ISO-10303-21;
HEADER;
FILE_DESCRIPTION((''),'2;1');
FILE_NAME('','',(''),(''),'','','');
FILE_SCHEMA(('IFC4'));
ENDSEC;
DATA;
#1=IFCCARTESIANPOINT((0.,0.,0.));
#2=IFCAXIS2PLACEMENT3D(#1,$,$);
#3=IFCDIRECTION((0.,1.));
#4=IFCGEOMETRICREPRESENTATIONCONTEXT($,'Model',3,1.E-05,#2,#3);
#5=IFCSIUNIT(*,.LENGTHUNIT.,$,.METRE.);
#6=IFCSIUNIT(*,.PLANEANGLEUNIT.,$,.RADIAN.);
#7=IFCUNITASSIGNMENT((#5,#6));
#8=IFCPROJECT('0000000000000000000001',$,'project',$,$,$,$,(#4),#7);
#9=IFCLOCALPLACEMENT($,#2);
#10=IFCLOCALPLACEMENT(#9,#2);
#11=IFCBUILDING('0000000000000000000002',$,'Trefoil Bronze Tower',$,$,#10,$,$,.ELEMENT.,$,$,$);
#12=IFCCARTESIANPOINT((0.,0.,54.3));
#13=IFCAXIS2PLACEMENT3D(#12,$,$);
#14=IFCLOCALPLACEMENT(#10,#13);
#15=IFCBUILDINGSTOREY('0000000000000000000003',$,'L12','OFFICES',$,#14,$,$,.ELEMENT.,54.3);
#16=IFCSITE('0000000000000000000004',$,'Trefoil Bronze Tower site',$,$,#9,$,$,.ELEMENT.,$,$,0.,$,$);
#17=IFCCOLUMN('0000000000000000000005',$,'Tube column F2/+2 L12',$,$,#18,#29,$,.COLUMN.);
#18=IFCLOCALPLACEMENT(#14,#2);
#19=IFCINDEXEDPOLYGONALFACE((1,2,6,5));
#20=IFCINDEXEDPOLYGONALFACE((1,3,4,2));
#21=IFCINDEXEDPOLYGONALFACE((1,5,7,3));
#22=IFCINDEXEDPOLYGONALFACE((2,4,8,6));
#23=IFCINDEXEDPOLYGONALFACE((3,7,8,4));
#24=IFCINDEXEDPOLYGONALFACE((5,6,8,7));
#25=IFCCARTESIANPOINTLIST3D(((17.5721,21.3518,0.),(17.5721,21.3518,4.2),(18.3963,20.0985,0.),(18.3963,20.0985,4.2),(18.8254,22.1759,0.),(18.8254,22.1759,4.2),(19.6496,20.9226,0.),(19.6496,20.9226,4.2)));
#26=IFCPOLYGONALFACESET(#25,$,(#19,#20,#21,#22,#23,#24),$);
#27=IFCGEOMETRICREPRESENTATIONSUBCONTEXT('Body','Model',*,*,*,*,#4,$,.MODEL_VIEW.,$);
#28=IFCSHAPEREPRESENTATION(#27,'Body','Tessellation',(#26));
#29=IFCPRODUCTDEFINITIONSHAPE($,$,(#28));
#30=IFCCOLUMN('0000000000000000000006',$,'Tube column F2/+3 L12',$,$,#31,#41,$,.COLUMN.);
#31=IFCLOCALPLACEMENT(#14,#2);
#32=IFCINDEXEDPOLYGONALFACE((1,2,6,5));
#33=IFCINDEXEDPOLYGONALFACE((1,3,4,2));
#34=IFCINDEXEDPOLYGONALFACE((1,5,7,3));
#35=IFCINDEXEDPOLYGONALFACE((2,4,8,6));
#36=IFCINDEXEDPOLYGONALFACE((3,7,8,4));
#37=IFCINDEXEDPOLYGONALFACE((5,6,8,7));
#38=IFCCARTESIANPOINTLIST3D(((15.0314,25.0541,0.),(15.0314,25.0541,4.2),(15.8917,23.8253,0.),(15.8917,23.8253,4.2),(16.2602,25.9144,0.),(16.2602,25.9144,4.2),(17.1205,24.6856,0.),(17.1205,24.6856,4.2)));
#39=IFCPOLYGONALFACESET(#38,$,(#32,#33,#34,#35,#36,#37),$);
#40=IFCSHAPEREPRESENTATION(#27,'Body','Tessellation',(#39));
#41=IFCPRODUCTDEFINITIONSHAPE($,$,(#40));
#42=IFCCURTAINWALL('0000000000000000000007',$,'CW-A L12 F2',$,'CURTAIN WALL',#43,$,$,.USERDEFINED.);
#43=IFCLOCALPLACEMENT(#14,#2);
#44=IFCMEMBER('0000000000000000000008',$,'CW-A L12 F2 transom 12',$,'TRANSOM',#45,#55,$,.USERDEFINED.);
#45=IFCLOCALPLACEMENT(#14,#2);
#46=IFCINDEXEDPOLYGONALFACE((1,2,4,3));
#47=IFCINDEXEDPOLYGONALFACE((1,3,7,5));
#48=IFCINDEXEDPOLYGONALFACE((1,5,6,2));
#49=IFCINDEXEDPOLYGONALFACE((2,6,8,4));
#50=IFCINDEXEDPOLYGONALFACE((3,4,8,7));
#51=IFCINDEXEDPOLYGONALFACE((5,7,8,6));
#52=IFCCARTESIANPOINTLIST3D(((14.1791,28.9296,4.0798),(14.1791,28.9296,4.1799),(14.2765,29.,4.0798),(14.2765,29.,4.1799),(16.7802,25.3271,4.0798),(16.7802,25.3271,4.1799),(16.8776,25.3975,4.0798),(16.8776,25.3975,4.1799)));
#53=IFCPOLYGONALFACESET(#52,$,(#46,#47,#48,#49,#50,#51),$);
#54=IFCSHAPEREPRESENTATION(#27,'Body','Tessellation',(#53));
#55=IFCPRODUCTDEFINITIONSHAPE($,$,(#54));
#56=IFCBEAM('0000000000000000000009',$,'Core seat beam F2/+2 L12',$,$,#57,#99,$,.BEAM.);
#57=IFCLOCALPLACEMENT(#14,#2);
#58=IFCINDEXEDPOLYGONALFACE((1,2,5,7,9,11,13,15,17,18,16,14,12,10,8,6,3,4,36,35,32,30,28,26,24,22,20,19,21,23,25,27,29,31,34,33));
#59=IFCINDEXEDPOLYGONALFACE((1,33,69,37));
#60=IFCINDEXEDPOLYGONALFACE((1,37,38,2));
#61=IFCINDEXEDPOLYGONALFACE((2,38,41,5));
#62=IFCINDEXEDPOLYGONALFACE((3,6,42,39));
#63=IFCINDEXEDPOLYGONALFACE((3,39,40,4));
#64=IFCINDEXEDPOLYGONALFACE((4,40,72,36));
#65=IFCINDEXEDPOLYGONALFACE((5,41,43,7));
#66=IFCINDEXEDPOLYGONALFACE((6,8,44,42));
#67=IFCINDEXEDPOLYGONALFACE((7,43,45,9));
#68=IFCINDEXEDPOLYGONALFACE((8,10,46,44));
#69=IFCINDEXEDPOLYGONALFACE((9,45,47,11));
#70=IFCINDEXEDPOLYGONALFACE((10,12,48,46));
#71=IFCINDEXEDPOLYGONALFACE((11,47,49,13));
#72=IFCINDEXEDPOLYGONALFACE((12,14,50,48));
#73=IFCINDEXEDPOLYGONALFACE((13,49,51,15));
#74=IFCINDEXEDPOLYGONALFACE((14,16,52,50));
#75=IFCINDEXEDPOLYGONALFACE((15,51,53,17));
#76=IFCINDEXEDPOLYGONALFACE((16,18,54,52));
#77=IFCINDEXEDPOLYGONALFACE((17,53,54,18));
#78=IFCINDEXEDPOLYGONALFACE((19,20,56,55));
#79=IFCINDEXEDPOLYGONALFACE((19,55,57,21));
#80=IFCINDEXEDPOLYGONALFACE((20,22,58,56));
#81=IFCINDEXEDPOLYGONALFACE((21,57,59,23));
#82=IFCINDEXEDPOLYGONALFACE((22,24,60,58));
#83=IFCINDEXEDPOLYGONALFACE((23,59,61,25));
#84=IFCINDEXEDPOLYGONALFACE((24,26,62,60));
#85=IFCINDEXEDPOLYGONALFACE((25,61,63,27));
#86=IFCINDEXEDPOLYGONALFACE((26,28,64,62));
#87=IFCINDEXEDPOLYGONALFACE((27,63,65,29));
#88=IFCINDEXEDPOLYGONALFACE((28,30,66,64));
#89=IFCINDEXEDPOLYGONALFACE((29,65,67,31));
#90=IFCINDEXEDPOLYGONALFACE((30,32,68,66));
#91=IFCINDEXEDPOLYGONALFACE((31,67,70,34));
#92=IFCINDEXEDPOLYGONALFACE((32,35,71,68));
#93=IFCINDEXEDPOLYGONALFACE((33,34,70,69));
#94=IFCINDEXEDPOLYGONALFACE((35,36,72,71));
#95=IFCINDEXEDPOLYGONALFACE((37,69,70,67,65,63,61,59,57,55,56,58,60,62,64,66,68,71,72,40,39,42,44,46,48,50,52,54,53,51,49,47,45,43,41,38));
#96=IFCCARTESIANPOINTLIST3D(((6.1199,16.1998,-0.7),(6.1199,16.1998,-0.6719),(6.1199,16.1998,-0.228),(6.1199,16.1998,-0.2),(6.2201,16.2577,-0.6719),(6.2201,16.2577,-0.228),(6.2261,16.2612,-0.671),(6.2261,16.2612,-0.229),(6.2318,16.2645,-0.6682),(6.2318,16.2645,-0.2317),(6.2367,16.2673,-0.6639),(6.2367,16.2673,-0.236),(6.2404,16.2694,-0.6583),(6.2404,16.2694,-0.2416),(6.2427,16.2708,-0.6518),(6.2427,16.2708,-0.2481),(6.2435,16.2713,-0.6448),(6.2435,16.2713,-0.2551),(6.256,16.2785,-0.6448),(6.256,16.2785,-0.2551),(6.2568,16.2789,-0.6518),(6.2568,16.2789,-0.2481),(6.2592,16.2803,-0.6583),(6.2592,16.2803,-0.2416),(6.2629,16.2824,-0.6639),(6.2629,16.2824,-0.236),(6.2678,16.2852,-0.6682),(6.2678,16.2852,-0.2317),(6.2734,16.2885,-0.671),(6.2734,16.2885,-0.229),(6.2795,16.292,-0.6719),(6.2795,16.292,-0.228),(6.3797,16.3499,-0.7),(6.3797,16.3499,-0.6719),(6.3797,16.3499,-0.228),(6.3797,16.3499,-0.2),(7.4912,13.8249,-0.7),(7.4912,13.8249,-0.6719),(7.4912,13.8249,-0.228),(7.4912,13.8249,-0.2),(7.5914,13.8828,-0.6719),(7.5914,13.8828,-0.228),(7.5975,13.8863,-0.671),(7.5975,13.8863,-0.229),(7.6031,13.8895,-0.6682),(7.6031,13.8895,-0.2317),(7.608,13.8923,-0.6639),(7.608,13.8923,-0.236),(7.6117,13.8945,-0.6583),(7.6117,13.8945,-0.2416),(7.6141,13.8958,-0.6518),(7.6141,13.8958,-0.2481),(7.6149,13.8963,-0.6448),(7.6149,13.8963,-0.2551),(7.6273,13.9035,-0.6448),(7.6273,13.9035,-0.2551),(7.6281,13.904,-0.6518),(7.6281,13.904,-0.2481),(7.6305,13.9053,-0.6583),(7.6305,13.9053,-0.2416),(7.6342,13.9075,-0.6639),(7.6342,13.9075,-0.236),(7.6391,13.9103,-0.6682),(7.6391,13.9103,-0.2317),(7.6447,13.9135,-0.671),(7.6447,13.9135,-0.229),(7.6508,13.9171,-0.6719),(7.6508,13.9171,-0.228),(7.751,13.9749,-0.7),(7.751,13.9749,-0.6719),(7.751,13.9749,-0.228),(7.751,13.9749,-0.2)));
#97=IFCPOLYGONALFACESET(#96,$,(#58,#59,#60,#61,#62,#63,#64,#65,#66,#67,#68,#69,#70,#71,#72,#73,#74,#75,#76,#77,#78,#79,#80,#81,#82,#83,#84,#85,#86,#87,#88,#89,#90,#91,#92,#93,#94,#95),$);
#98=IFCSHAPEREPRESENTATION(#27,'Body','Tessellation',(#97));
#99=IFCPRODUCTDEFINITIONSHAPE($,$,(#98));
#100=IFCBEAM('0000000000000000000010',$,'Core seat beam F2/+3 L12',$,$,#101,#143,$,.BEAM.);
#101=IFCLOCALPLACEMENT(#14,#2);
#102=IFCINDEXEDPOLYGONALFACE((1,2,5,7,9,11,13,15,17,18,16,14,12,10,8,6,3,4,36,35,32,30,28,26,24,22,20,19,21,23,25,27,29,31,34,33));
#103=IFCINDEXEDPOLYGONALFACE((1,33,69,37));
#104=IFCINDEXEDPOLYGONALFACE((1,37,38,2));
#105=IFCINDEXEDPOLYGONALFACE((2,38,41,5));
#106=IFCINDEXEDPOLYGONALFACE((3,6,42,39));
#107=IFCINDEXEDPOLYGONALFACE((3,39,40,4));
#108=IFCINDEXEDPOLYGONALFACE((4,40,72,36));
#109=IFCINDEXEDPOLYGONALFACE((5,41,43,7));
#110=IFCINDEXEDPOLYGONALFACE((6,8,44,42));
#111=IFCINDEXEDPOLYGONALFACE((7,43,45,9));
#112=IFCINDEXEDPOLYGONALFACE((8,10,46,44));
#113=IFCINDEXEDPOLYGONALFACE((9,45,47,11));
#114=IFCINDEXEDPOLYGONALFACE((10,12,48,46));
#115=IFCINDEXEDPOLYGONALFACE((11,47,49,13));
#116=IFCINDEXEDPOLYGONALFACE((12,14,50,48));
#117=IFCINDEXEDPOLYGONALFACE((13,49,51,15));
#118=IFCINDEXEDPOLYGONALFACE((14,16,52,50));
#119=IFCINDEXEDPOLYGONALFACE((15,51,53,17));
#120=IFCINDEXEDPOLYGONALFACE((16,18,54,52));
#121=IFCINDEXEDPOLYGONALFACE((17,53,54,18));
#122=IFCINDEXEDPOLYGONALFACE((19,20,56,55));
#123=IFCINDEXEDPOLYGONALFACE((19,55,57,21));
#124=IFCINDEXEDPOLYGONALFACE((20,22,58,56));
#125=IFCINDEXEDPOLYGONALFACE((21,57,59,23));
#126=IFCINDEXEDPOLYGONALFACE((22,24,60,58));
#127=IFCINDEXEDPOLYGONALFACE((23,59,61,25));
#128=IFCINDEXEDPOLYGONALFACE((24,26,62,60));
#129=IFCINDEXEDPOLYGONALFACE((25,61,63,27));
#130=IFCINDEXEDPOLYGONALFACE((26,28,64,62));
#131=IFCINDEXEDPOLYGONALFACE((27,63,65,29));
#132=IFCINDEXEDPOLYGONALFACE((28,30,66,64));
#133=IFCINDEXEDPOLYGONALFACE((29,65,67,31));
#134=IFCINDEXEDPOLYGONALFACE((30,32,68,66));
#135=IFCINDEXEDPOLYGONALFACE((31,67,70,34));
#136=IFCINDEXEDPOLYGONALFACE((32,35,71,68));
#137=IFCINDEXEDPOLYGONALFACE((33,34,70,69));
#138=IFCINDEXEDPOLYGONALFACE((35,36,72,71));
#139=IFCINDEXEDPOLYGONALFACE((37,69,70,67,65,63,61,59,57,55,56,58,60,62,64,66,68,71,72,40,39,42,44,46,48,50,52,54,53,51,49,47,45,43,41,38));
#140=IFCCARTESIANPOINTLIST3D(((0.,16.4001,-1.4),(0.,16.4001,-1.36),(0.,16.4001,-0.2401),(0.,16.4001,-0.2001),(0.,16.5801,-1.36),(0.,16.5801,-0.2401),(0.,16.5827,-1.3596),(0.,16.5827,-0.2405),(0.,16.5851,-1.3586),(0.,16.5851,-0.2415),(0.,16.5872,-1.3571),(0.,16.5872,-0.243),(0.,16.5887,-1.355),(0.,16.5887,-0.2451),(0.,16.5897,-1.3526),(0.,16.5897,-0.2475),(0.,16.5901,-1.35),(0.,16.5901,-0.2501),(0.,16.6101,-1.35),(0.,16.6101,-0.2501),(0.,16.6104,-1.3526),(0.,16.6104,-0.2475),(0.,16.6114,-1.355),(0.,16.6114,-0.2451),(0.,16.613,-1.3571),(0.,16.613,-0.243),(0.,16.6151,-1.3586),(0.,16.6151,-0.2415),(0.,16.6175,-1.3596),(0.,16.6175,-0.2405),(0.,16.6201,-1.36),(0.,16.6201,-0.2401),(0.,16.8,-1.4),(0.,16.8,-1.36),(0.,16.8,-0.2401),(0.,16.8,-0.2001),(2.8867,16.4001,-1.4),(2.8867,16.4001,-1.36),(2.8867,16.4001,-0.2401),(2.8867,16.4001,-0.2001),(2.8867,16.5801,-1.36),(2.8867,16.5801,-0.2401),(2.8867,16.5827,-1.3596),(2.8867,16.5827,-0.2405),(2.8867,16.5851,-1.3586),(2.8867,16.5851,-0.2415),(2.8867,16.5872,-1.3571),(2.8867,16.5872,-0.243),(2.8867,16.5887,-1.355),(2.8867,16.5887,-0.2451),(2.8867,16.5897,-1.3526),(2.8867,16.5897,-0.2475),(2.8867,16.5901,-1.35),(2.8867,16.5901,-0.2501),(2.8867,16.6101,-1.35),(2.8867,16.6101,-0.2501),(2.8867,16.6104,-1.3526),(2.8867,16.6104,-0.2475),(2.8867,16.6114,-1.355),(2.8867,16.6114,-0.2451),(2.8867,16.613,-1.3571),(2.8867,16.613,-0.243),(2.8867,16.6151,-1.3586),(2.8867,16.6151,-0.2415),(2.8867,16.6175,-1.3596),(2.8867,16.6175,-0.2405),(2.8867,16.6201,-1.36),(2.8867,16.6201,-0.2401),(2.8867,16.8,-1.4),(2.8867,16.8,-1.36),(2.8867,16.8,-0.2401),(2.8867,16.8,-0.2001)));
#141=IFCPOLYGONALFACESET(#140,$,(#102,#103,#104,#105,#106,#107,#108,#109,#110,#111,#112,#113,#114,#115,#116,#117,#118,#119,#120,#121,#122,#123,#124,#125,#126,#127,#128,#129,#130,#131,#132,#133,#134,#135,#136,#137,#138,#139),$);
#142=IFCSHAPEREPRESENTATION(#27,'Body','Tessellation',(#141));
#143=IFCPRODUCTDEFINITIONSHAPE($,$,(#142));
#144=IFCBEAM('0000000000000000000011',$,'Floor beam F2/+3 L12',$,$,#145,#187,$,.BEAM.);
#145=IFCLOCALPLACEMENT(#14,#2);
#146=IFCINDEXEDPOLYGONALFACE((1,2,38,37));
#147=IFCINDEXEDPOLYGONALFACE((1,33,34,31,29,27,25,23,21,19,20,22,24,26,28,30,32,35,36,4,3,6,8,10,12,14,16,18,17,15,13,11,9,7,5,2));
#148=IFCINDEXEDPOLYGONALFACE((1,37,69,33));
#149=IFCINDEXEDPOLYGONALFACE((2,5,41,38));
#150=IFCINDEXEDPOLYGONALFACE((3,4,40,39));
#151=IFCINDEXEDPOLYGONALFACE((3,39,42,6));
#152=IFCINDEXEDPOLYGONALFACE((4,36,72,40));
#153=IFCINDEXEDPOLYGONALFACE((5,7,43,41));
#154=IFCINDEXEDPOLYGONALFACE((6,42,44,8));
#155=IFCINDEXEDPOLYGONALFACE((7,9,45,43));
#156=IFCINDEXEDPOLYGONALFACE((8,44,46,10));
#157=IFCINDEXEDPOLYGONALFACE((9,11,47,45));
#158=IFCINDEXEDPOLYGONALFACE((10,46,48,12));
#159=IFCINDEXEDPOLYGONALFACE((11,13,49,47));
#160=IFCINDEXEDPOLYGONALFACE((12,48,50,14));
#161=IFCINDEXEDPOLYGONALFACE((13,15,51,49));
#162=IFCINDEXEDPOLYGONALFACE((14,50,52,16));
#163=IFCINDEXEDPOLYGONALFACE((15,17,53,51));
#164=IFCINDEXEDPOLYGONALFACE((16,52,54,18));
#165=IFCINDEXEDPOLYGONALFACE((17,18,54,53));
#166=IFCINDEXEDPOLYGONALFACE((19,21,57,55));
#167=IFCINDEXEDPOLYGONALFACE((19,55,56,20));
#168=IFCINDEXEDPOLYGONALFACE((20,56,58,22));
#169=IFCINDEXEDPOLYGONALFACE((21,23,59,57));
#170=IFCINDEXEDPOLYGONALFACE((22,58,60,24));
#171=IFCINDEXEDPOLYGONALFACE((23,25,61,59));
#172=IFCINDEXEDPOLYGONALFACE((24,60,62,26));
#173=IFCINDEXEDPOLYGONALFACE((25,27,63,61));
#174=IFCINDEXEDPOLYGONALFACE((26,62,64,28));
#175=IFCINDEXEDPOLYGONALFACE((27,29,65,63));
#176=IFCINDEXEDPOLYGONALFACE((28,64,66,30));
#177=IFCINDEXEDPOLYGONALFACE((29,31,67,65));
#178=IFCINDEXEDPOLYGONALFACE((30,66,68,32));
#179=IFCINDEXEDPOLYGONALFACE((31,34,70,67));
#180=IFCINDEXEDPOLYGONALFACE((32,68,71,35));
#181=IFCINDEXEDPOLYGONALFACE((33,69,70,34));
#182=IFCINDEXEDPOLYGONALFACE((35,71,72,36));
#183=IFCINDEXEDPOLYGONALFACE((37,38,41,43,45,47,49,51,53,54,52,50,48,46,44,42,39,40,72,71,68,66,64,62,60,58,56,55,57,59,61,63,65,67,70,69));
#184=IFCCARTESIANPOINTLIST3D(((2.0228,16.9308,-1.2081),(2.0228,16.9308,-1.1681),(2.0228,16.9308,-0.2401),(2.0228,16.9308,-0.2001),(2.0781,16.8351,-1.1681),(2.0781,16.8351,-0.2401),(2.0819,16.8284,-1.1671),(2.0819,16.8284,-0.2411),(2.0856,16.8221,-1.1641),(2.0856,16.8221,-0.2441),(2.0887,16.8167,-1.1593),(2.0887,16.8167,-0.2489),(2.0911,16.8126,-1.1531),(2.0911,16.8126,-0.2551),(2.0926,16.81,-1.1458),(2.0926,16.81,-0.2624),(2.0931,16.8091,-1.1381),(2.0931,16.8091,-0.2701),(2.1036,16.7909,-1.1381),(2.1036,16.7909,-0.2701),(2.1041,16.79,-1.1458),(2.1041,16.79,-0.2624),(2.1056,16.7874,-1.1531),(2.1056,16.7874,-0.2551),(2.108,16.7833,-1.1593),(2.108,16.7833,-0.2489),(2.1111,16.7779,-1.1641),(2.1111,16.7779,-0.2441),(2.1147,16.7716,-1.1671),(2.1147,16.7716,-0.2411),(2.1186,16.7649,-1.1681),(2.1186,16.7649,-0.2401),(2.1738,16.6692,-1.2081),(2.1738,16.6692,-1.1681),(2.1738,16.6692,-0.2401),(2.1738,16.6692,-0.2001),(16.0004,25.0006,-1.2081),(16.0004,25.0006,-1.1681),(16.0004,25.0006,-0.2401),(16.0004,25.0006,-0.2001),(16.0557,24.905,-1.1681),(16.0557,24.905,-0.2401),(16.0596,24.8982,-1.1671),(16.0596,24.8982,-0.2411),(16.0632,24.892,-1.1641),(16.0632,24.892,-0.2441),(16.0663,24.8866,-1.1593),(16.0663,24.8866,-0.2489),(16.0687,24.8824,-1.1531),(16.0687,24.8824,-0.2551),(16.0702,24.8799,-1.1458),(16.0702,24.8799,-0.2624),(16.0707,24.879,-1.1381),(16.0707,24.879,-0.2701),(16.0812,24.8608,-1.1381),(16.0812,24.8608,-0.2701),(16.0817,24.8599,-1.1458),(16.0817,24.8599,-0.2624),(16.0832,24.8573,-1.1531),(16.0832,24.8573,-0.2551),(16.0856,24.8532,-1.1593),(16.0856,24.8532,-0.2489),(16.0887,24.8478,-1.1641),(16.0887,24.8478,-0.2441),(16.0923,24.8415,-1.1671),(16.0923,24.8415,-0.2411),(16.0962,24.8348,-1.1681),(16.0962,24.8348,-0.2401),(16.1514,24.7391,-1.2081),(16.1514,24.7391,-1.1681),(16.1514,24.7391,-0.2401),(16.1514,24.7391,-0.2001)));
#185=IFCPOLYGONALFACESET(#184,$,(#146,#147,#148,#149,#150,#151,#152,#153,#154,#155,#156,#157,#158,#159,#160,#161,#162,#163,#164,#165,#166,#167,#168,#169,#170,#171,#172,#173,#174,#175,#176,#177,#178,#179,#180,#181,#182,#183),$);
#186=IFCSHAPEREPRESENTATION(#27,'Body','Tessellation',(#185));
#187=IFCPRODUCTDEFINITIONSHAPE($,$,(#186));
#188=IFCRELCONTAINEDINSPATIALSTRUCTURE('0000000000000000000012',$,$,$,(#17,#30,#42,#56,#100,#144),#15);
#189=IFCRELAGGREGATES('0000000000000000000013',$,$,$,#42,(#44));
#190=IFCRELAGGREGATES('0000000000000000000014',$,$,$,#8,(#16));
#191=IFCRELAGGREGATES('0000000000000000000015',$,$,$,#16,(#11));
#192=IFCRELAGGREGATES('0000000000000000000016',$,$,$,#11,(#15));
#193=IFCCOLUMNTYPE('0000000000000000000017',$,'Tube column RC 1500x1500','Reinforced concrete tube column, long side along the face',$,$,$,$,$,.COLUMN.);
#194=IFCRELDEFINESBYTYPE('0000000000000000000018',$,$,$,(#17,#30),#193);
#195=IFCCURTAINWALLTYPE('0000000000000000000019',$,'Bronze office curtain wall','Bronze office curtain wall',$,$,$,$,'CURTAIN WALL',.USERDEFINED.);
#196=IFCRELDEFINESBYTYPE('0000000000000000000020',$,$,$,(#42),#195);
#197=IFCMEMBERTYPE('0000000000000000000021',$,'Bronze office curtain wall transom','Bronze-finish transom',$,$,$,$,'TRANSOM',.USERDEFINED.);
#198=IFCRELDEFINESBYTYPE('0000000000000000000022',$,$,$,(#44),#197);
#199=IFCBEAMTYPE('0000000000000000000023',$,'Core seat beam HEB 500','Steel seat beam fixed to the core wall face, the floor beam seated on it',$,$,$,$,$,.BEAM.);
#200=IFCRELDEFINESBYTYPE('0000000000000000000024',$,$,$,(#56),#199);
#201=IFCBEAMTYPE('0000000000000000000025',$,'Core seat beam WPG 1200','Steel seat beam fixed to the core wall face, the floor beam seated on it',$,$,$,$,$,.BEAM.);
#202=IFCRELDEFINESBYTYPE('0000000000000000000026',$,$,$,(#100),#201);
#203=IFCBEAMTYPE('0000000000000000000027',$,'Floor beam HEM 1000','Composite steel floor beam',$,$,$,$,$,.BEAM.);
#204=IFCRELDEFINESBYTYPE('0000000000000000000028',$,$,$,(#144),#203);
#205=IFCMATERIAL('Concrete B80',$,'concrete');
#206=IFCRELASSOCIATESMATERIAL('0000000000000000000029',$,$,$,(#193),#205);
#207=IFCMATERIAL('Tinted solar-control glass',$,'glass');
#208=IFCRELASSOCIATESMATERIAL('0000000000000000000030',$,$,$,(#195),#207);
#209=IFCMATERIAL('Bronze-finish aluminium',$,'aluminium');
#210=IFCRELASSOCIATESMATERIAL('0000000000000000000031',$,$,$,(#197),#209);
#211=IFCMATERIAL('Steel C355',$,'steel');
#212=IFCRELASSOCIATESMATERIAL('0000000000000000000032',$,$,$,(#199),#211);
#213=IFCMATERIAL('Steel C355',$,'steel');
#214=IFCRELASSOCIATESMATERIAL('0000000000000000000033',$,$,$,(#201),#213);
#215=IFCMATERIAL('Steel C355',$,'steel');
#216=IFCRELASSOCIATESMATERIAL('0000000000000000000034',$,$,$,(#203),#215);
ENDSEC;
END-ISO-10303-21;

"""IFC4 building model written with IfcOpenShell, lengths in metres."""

from ifc_helpers import new_model, si_unit, direction, frame, origin, origin_2d, place, context, subcontext, project, spatial, rectangle, i_section, extrude, material, material_profile, profile_set, type_object, element, aggregate, save


model = new_model("IFC4")

# Units and contexts
model_context = context("Model", 3, precision=1e-05, world=origin(), true_north=direction((0.0, 1.0)))
body_context = subcontext(model_context, "Body", "Model", "MODEL_VIEW")
ifc_project = project(units=[si_unit("LENGTHUNIT", "METRE"), si_unit("PLANEANGLEUNIT", "RADIAN")], contexts=[model_context])

# Site, building, storey
site_placement = place(None, origin())
site = spatial("IfcSite", under=ifc_project, at=site_placement, Name="Trefoil Bronze Tower site", CompositionType="ELEMENT", RefElevation=0.0)
building_placement = place(site_placement, origin())
building = spatial("IfcBuilding", under=site, at=building_placement, Name="Trefoil Bronze Tower", CompositionType="ELEMENT")
storey_placement = place(building_placement, frame((0.0, 0.0, 54.3)))
storey = spatial("IfcBuildingStorey", under=building, at=storey_placement, Name="L12", Description="OFFICES", CompositionType="ELEMENT", Elevation=54.3)

# Columns
ifc_material_1 = material(Name="Concrete B80", Category="concrete")
ifc_material_profile_1 = material_profile(ifc_material_1, rectangle(XDim=1.5, YDim=1.5, at=origin_2d()), Name="RC 1500x1500")
ifc_profile_set_1 = profile_set([ifc_material_profile_1], Name="Concrete B80")
column_type = type_object("IfcColumnType", Name="Tube column RC 1500x1500", Description="Reinforced concrete tube column, long side along the face", PredefinedType="COLUMN", material=ifc_profile_set_1)
for number, where, z_axis, x_axis, name in (
    (1, (18.6108, 21.1372, 0.0), (0.0, 0.0, 1.0), (-0.549424, 0.835544, 0.0), "Tube column F2/+2 L12"),
    (2, (16.0759, 24.8699, 0.0), (0.0, 0.0, 1.0), (-0.573502, 0.819204, 0.0), "Tube column F2/+3 L12"),
):
    element("IfcColumn", number, at=place(storey_placement, frame(where, z_axis=z_axis, x_axis=x_axis)), inside=storey, type_object=column_type, Name=name, PredefinedType="COLUMN", context=body_context, shape_type="SweptSolid", body=[
        extrude(rectangle(XDim=1.5, YDim=1.5, at=origin_2d()), origin(), (0.0, 0.0, 1.0), 4.2),
    ])

# Curtain wall, member
ifc_material_2 = material(Name="Tinted solar-control glass", Category="glass")
curtain_wall_type = type_object("IfcCurtainWallType", Name="Bronze office curtain wall", Description="Bronze office curtain wall", ElementType="CURTAIN WALL", PredefinedType="USERDEFINED", material=ifc_material_2)
curtain_wall_placement = place(storey_placement, origin())
curtain_wall = element("IfcCurtainWall", 3, at=curtain_wall_placement, inside=storey, type_object=curtain_wall_type, Name="CW-A L12 F2", ObjectType="CURTAIN WALL", PredefinedType="USERDEFINED")
ifc_material_3 = material(Name="Bronze-finish aluminium", Category="aluminium")
ifc_material_profile_2 = material_profile(ifc_material_3, rectangle(XDim=0.1201, YDim=0.1001, at=origin_2d()), Name="CW-A transom")
ifc_profile_set_2 = profile_set([ifc_material_profile_2], Name="Bronze-finish aluminium")
member_type = type_object("IfcMemberType", Name="Bronze office curtain wall transom", Description="Bronze-finish transom", ElementType="TRANSOM", PredefinedType="USERDEFINED", material=ifc_profile_set_2)
member_placement = place(storey_placement, frame((16.8289, 25.3623, 4.1299), z_axis=(-0.585378, 0.81076, 0.0), x_axis=(-0.81076, -0.585378, 0.0)))
member = element("IfcMember", 4, at=member_placement, type_object=member_type, Name="CW-A L12 F2 transom 12", ObjectType="TRANSOM", PredefinedType="USERDEFINED", context=body_context, shape_type="SweptSolid", body=[
    extrude(rectangle(XDim=0.1201, YDim=0.1001, at=origin_2d()), origin(), (0.0, 0.0, 1.0), 4.4434),
])

# Beams
ifc_material_4 = material(Name="Steel C355", Category="steel")
ifc_material_profile_3 = material_profile(ifc_material_4, i_section(OverallWidth=0.3, OverallDepth=0.5, WebThickness=0.0144, FlangeThickness=0.0281, FilletRadius=0.0271, at=origin_2d()), Name="HEB 500")
ifc_profile_set_3 = profile_set([ifc_material_profile_3], Name="Steel C355")
beam_type_1 = type_object("IfcBeamType", Name="Core seat beam HEB 500", Description="Steel seat beam fixed to the core wall face, the floor beam seated on it", PredefinedType="BEAM", material=ifc_profile_set_3)
beam_1_placement = place(storey_placement, frame((7.6211, 13.8999, -0.45), z_axis=(-0.500036, 0.866005, 0.0), x_axis=(-0.866005, -0.500036, 0.0)))
element("IfcBeam", 5, at=beam_1_placement, inside=storey, type_object=beam_type_1, Name="Core seat beam F2/+2 L12", PredefinedType="BEAM", context=body_context, shape_type="SweptSolid", body=[
    extrude(i_section(OverallWidth=0.3, OverallDepth=0.5, WebThickness=0.0144, FlangeThickness=0.0281, FilletRadius=0.0271, at=origin_2d()), origin(), (0.0, 0.0, 1.0), 2.7424),
])
ifc_material_5 = material(Name="Steel C355", Category="steel")
ifc_material_profile_4 = material_profile(ifc_material_5, i_section(OverallWidth=0.3999, OverallDepth=1.2, WebThickness=0.02, FlangeThickness=0.04, FilletRadius=0.01, at=origin_2d()), Name="WPG 1200")
ifc_profile_set_4 = profile_set([ifc_material_profile_4], Name="Steel C355")
beam_type_2 = type_object("IfcBeamType", Name="Core seat beam WPG 1200", Description="Steel seat beam fixed to the core wall face, the floor beam seated on it", PredefinedType="BEAM", material=ifc_profile_set_4)
beam_2_placement = place(storey_placement, frame((2.8867, 16.6001, -0.8), z_axis=(-1.0, 0.0, 0.0), x_axis=(0.0, -1.0, 0.0)))
element("IfcBeam", 6, at=beam_2_placement, inside=storey, type_object=beam_type_2, Name="Core seat beam F2/+3 L12", PredefinedType="BEAM", context=body_context, shape_type="SweptSolid", body=[
    extrude(i_section(OverallWidth=0.3999, OverallDepth=1.2, WebThickness=0.02, FlangeThickness=0.04, FilletRadius=0.01, at=origin_2d()), origin(), (0.0, 0.0, 1.0), 2.8867),
])
ifc_material_6 = material(Name="Steel C355", Category="steel")
ifc_material_profile_5 = material_profile(ifc_material_6, i_section(OverallWidth=0.302, OverallDepth=1.0081, WebThickness=0.021, FlangeThickness=0.04, FilletRadius=0.03, at=origin_2d()), Name="HEM 1000")
ifc_profile_set_5 = profile_set([ifc_material_profile_5], Name="Steel C355")
beam_type_3 = type_object("IfcBeamType", Name="Floor beam HEM 1000", Description="Composite steel floor beam", PredefinedType="BEAM", material=ifc_profile_set_5)
beam_3_placement = place(storey_placement, frame((16.0759, 24.8699, -0.7041), z_axis=(-0.866028, -0.499995, 0.0), x_axis=(0.499995, -0.866028, 0.0)))
element("IfcBeam", 7, at=beam_3_placement, inside=storey, type_object=beam_type_3, Name="Floor beam F2/+3 L12", PredefinedType="BEAM", context=body_context, shape_type="SweptSolid", body=[
    extrude(i_section(OverallWidth=0.302, OverallDepth=1.0081, WebThickness=0.021, FlangeThickness=0.04, FilletRadius=0.03, at=origin_2d()), origin(), (0.0, 0.0, 1.0), 16.1399),
])

aggregate(curtain_wall, [member])

save(model, "model.ifc")
